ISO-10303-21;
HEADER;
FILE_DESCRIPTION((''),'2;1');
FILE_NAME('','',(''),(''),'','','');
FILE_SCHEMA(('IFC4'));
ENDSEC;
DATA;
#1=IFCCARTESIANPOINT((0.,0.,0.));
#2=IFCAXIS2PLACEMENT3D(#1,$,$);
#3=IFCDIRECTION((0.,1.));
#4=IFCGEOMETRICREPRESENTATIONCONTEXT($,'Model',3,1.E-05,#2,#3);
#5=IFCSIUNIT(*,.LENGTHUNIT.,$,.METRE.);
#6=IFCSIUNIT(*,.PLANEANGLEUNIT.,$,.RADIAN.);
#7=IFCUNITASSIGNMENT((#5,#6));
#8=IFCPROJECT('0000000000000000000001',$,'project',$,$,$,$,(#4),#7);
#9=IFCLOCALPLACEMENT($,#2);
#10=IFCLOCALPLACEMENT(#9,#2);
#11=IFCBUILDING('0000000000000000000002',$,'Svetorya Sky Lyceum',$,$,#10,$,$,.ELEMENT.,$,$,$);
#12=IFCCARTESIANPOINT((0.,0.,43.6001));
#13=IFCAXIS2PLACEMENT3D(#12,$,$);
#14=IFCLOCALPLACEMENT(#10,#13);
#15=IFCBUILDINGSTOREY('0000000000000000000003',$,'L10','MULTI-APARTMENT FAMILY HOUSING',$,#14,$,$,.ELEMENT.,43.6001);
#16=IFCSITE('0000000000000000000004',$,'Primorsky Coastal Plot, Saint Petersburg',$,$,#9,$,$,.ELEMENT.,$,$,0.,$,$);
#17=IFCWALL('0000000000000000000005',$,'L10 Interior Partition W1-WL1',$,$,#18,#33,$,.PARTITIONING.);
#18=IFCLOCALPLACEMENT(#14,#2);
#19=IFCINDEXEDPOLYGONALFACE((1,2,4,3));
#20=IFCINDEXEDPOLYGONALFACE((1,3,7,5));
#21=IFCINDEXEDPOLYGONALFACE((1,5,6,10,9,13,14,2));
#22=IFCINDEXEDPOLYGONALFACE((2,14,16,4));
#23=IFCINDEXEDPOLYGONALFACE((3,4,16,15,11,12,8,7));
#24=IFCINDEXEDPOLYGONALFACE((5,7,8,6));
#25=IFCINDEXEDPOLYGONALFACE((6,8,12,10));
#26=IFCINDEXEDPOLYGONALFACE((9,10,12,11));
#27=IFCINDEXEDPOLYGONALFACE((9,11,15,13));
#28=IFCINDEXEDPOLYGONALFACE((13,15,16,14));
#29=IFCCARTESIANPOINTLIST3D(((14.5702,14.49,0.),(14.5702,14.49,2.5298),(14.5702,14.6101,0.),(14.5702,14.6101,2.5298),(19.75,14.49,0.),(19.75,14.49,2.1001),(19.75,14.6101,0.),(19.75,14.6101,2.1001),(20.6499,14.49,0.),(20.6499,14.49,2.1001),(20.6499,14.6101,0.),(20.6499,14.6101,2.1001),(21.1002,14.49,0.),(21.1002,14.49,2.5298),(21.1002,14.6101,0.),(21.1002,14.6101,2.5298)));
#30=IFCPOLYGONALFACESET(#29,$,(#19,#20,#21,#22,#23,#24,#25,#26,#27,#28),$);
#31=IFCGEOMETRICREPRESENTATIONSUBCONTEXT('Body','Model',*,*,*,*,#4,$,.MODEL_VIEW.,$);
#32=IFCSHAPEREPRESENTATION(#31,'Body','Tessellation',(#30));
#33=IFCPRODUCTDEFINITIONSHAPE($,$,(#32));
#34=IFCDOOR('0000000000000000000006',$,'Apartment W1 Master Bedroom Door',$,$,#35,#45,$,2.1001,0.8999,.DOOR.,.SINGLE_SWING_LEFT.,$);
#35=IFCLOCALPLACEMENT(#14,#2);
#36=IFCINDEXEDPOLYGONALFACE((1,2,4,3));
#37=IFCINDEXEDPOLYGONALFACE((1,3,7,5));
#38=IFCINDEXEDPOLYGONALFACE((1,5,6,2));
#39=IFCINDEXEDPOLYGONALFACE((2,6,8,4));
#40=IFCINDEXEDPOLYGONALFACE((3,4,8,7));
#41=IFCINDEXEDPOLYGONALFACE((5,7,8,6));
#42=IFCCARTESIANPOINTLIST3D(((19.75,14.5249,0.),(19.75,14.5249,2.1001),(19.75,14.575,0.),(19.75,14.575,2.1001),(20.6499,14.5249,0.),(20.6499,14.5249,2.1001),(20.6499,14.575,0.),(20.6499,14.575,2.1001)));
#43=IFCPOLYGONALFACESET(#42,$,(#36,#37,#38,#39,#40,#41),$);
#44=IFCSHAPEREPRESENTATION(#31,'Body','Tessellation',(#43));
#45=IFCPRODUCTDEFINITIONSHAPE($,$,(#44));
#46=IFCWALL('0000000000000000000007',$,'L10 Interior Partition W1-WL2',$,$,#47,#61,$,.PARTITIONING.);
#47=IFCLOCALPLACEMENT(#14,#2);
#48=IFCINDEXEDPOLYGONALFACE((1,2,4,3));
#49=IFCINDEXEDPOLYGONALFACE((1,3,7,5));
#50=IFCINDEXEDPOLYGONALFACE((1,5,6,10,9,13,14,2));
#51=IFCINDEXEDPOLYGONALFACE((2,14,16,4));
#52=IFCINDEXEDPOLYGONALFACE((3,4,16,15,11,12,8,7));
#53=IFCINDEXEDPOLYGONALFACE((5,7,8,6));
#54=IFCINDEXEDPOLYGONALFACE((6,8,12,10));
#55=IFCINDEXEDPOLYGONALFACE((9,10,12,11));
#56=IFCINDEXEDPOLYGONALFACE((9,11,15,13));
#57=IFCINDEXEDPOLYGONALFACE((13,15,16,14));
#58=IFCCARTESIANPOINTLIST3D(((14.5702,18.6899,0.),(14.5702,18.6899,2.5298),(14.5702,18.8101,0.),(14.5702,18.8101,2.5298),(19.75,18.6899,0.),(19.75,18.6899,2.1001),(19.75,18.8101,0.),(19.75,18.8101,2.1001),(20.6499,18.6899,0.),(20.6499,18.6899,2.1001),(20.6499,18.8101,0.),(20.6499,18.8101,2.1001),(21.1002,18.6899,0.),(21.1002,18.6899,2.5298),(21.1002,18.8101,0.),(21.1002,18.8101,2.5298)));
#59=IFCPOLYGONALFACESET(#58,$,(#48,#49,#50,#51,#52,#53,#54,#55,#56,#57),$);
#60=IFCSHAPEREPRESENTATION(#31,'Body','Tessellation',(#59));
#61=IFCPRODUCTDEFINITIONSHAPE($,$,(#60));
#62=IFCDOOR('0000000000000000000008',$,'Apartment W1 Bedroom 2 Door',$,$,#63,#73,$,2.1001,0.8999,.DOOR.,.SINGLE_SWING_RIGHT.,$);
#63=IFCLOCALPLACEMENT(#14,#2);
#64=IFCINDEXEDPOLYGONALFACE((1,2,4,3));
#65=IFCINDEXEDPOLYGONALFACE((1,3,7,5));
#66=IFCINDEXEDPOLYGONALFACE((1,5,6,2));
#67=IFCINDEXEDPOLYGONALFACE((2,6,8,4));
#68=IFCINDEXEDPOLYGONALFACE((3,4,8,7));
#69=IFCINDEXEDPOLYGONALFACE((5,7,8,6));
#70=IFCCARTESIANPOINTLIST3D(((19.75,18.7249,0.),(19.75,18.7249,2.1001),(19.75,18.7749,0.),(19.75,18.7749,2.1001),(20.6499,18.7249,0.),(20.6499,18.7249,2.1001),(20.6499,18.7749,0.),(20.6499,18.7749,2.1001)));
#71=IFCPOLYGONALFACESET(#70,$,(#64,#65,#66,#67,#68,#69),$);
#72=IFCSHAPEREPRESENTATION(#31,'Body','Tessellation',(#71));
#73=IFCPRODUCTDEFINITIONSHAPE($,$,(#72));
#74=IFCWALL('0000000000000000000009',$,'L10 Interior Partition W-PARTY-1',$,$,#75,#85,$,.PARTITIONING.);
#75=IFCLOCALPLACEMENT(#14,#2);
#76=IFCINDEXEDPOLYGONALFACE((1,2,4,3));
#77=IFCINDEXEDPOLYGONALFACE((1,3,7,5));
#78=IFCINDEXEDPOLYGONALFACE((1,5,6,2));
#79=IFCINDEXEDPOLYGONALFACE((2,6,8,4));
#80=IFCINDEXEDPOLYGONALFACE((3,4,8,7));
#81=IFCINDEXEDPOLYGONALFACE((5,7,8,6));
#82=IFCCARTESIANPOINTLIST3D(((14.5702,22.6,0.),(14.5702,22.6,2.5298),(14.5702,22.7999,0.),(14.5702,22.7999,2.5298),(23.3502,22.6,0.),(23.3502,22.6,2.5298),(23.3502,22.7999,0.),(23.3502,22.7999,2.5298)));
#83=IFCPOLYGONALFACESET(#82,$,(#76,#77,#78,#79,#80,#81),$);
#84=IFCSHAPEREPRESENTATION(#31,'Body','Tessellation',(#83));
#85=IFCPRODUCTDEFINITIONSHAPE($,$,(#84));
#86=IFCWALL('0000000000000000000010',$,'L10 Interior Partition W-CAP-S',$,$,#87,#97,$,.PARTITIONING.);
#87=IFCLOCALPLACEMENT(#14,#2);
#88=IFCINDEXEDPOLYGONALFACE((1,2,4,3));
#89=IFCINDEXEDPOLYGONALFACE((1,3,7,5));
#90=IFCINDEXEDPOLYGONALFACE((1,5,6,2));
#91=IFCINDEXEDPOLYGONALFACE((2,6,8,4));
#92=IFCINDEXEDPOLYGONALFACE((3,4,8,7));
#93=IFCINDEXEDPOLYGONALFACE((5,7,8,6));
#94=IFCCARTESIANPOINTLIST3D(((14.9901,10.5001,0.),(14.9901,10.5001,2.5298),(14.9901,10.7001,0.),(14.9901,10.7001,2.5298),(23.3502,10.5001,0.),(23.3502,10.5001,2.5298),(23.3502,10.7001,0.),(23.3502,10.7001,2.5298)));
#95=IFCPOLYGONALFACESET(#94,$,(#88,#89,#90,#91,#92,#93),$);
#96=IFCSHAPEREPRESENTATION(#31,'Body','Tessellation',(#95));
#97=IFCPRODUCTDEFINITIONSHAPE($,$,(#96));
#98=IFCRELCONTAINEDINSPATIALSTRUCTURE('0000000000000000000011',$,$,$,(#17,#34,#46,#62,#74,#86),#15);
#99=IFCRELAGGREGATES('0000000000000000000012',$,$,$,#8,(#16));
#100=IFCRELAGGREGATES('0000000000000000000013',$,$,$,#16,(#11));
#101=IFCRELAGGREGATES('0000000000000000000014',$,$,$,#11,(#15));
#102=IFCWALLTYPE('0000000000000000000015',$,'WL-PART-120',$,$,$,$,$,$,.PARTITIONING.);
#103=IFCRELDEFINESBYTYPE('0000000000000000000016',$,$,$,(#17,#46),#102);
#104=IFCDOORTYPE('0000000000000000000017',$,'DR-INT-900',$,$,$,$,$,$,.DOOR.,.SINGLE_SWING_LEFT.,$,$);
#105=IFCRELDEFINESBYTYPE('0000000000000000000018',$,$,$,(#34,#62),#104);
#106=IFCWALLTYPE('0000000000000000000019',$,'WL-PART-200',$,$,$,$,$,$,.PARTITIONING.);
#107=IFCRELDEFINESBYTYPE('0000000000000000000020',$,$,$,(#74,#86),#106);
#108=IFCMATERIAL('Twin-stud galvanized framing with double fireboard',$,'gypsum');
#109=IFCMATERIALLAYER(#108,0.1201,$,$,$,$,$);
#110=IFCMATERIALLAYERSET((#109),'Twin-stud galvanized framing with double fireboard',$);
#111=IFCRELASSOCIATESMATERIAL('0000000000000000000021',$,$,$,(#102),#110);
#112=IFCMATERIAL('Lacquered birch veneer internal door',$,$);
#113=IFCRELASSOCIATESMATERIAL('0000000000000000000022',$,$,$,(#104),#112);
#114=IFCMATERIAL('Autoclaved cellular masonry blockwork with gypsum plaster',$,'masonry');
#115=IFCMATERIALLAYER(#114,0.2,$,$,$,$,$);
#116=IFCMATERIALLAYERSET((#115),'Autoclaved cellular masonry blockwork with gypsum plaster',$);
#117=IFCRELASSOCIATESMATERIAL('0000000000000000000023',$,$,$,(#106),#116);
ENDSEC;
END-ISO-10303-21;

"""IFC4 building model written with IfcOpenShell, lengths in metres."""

from ifc_helpers import new_model, si_unit, direction, frame, frame_2d, origin, place, context, subcontext, project, spatial, rectangle, extrude, material, layer, layer_set, type_object, element, fill, save


model = new_model("IFC4")

# Units and contexts
model_context = context("Model", 3, precision=1e-05, world=origin(), true_north=direction((0.0, 1.0)))
body_context = subcontext(model_context, "Body", "Model", "MODEL_VIEW")
ifc_project = project(units=[si_unit("LENGTHUNIT", "METRE"), si_unit("PLANEANGLEUNIT", "RADIAN")], contexts=[model_context])

# Site, building, storey
site_placement = place(None, origin())
site = spatial("IfcSite", under=ifc_project, at=site_placement, Name="Primorsky Coastal Plot, Saint Petersburg", CompositionType="ELEMENT", RefElevation=0.0)
building_placement = place(site_placement, origin())
building = spatial("IfcBuilding", under=site, at=building_placement, Name="Svetorya Sky Lyceum", CompositionType="ELEMENT")
storey_placement = place(building_placement, frame((0.0, 0.0, 43.6001)))
storey = spatial("IfcBuildingStorey", under=building, at=storey_placement, Name="L10", Description="MULTI-APARTMENT FAMILY HOUSING", CompositionType="ELEMENT", Elevation=43.6001)

# Walls, openings, doors
ifc_material_1 = material(Name="Twin-stud galvanized framing with double fireboard", Category="gypsum")
ifc_layer_1 = layer(ifc_material_1, 0.1201)
ifc_layer_set_1 = layer_set([ifc_layer_1], Name="Twin-stud galvanized framing with double fireboard")
wall_type_1 = type_object("IfcWallType", Name="WL-PART-120", PredefinedType="PARTITIONING", material=ifc_layer_set_1)
wall_1_placement = place(storey_placement, frame((14.5701, 14.55, 0.0), z_axis=(0.0, 0.0, 1.0), x_axis=(1.0, 0.0, 0.0)))
wall_1 = element("IfcWall", 1, at=wall_1_placement, inside=storey, type_object=wall_type_1, Name="L10 Interior Partition W1-WL1", PredefinedType="PARTITIONING", context=body_context, shape_type="SweptSolid", body=[
    extrude(rectangle(XDim=6.53, YDim=0.1201, at=frame_2d((3.2651, 0.0))), origin(), (0.0, 0.0, 1.0), 2.5298),
])
opening_1_placement = place(wall_1_placement, frame((5.1799, 0.0, 0.0)))
opening_1 = element("IfcOpeningElement", 2, at=opening_1_placement, cuts=wall_1, PredefinedType="OPENING", context=body_context, shape_type="SweptSolid", body=[
    extrude(rectangle(XDim=0.8999, YDim=2.1001, at=frame_2d((0.45, 1.05))), frame((0.0, 0.0701, 0.0), z_axis=(0.0, -1.0, 0.0), x_axis=(1.0, 0.0, 0.0)), (0.0, 0.0, 1.0), 0.1401),
])
ifc_material_2 = material(Name="Lacquered birch veneer internal door")
door_type = type_object("IfcDoorType", Name="DR-INT-900", OperationType="SINGLE_SWING_LEFT", PredefinedType="DOOR", material=ifc_material_2)
door_1_placement = place(opening_1_placement, origin())
door_1 = element("IfcDoor", 3, at=door_1_placement, inside=storey, type_object=door_type, Name="Apartment W1 Master Bedroom Door", OperationType="SINGLE_SWING_LEFT", OverallHeight=2.1001, OverallWidth=0.8999, PredefinedType="DOOR", context=body_context, shape_type="SweptSolid", body=[
    extrude(rectangle(XDim=0.8999, YDim=2.1001, at=frame_2d((0.45, 1.05))), frame((0.0, 0.0249, 0.0), z_axis=(0.0, -1.0, 0.0), x_axis=(1.0, 0.0, 0.0)), (0.0, 0.0, 1.0), 0.05),
])
fill(opening_1, door_1)
wall_2_placement = place(storey_placement, frame((14.5701, 18.75, 0.0), z_axis=(0.0, 0.0, 1.0), x_axis=(1.0, 0.0, 0.0)))
wall_2 = element("IfcWall", 4, at=wall_2_placement, inside=storey, type_object=wall_type_1, Name="L10 Interior Partition W1-WL2", PredefinedType="PARTITIONING", context=body_context, shape_type="SweptSolid", body=[
    extrude(rectangle(XDim=6.53, YDim=0.1201, at=frame_2d((3.2651, 0.0))), origin(), (0.0, 0.0, 1.0), 2.5298),
])
opening_2_placement = place(wall_2_placement, frame((5.1799, 0.0, 0.0)))
opening_2 = element("IfcOpeningElement", 5, at=opening_2_placement, cuts=wall_2, PredefinedType="OPENING", context=body_context, shape_type="SweptSolid", body=[
    extrude(rectangle(XDim=0.8999, YDim=2.1001, at=frame_2d((0.45, 1.05))), frame((0.0, 0.0701, 0.0), z_axis=(0.0, -1.0, 0.0), x_axis=(1.0, 0.0, 0.0)), (0.0, 0.0, 1.0), 0.1401),
])
door_2_placement = place(opening_2_placement, origin())
door_2 = element("IfcDoor", 6, at=door_2_placement, inside=storey, type_object=door_type, Name="Apartment W1 Bedroom 2 Door", OperationType="SINGLE_SWING_RIGHT", OverallHeight=2.1001, OverallWidth=0.8999, PredefinedType="DOOR", context=body_context, shape_type="SweptSolid", body=[
    extrude(rectangle(XDim=0.8999, YDim=2.1001, at=frame_2d((0.45, 1.05))), frame((0.0, 0.0249, 0.0), z_axis=(0.0, -1.0, 0.0), x_axis=(1.0, 0.0, 0.0)), (0.0, 0.0, 1.0), 0.05),
])
fill(opening_2, door_2)

# Walls
ifc_material_3 = material(Name="Autoclaved cellular masonry blockwork with gypsum plaster", Category="masonry")
ifc_layer_2 = layer(ifc_material_3, 0.2)
ifc_layer_set_2 = layer_set([ifc_layer_2], Name="Autoclaved cellular masonry blockwork with gypsum plaster")
wall_type_2 = type_object("IfcWallType", Name="WL-PART-200", PredefinedType="PARTITIONING", material=ifc_layer_set_2)
wall_3_placement = place(storey_placement, frame((14.5701, 22.7, 0.0), z_axis=(0.0, 0.0, 1.0), x_axis=(1.0, 0.0, 0.0)))
element("IfcWall", 7, at=wall_3_placement, inside=storey, type_object=wall_type_2, Name="L10 Interior Partition W-PARTY-1", PredefinedType="PARTITIONING", context=body_context, shape_type="SweptSolid", body=[
    extrude(rectangle(XDim=8.78, YDim=0.2, at=frame_2d((4.3901, 0.0))), origin(), (0.0, 0.0, 1.0), 2.5298),
])
wall_4_placement = place(storey_placement, frame((14.99, 10.6001, 0.0), z_axis=(0.0, 0.0, 1.0), x_axis=(1.0, 0.0, 0.0)))
element("IfcWall", 8, at=wall_4_placement, inside=storey, type_object=wall_type_2, Name="L10 Interior Partition W-CAP-S", PredefinedType="PARTITIONING", context=body_context, shape_type="SweptSolid", body=[
    extrude(rectangle(XDim=8.3601, YDim=0.2, at=frame_2d((4.1802, 0.0))), origin(), (0.0, 0.0, 1.0), 2.5298),
])

save(model, "model.ifc")
